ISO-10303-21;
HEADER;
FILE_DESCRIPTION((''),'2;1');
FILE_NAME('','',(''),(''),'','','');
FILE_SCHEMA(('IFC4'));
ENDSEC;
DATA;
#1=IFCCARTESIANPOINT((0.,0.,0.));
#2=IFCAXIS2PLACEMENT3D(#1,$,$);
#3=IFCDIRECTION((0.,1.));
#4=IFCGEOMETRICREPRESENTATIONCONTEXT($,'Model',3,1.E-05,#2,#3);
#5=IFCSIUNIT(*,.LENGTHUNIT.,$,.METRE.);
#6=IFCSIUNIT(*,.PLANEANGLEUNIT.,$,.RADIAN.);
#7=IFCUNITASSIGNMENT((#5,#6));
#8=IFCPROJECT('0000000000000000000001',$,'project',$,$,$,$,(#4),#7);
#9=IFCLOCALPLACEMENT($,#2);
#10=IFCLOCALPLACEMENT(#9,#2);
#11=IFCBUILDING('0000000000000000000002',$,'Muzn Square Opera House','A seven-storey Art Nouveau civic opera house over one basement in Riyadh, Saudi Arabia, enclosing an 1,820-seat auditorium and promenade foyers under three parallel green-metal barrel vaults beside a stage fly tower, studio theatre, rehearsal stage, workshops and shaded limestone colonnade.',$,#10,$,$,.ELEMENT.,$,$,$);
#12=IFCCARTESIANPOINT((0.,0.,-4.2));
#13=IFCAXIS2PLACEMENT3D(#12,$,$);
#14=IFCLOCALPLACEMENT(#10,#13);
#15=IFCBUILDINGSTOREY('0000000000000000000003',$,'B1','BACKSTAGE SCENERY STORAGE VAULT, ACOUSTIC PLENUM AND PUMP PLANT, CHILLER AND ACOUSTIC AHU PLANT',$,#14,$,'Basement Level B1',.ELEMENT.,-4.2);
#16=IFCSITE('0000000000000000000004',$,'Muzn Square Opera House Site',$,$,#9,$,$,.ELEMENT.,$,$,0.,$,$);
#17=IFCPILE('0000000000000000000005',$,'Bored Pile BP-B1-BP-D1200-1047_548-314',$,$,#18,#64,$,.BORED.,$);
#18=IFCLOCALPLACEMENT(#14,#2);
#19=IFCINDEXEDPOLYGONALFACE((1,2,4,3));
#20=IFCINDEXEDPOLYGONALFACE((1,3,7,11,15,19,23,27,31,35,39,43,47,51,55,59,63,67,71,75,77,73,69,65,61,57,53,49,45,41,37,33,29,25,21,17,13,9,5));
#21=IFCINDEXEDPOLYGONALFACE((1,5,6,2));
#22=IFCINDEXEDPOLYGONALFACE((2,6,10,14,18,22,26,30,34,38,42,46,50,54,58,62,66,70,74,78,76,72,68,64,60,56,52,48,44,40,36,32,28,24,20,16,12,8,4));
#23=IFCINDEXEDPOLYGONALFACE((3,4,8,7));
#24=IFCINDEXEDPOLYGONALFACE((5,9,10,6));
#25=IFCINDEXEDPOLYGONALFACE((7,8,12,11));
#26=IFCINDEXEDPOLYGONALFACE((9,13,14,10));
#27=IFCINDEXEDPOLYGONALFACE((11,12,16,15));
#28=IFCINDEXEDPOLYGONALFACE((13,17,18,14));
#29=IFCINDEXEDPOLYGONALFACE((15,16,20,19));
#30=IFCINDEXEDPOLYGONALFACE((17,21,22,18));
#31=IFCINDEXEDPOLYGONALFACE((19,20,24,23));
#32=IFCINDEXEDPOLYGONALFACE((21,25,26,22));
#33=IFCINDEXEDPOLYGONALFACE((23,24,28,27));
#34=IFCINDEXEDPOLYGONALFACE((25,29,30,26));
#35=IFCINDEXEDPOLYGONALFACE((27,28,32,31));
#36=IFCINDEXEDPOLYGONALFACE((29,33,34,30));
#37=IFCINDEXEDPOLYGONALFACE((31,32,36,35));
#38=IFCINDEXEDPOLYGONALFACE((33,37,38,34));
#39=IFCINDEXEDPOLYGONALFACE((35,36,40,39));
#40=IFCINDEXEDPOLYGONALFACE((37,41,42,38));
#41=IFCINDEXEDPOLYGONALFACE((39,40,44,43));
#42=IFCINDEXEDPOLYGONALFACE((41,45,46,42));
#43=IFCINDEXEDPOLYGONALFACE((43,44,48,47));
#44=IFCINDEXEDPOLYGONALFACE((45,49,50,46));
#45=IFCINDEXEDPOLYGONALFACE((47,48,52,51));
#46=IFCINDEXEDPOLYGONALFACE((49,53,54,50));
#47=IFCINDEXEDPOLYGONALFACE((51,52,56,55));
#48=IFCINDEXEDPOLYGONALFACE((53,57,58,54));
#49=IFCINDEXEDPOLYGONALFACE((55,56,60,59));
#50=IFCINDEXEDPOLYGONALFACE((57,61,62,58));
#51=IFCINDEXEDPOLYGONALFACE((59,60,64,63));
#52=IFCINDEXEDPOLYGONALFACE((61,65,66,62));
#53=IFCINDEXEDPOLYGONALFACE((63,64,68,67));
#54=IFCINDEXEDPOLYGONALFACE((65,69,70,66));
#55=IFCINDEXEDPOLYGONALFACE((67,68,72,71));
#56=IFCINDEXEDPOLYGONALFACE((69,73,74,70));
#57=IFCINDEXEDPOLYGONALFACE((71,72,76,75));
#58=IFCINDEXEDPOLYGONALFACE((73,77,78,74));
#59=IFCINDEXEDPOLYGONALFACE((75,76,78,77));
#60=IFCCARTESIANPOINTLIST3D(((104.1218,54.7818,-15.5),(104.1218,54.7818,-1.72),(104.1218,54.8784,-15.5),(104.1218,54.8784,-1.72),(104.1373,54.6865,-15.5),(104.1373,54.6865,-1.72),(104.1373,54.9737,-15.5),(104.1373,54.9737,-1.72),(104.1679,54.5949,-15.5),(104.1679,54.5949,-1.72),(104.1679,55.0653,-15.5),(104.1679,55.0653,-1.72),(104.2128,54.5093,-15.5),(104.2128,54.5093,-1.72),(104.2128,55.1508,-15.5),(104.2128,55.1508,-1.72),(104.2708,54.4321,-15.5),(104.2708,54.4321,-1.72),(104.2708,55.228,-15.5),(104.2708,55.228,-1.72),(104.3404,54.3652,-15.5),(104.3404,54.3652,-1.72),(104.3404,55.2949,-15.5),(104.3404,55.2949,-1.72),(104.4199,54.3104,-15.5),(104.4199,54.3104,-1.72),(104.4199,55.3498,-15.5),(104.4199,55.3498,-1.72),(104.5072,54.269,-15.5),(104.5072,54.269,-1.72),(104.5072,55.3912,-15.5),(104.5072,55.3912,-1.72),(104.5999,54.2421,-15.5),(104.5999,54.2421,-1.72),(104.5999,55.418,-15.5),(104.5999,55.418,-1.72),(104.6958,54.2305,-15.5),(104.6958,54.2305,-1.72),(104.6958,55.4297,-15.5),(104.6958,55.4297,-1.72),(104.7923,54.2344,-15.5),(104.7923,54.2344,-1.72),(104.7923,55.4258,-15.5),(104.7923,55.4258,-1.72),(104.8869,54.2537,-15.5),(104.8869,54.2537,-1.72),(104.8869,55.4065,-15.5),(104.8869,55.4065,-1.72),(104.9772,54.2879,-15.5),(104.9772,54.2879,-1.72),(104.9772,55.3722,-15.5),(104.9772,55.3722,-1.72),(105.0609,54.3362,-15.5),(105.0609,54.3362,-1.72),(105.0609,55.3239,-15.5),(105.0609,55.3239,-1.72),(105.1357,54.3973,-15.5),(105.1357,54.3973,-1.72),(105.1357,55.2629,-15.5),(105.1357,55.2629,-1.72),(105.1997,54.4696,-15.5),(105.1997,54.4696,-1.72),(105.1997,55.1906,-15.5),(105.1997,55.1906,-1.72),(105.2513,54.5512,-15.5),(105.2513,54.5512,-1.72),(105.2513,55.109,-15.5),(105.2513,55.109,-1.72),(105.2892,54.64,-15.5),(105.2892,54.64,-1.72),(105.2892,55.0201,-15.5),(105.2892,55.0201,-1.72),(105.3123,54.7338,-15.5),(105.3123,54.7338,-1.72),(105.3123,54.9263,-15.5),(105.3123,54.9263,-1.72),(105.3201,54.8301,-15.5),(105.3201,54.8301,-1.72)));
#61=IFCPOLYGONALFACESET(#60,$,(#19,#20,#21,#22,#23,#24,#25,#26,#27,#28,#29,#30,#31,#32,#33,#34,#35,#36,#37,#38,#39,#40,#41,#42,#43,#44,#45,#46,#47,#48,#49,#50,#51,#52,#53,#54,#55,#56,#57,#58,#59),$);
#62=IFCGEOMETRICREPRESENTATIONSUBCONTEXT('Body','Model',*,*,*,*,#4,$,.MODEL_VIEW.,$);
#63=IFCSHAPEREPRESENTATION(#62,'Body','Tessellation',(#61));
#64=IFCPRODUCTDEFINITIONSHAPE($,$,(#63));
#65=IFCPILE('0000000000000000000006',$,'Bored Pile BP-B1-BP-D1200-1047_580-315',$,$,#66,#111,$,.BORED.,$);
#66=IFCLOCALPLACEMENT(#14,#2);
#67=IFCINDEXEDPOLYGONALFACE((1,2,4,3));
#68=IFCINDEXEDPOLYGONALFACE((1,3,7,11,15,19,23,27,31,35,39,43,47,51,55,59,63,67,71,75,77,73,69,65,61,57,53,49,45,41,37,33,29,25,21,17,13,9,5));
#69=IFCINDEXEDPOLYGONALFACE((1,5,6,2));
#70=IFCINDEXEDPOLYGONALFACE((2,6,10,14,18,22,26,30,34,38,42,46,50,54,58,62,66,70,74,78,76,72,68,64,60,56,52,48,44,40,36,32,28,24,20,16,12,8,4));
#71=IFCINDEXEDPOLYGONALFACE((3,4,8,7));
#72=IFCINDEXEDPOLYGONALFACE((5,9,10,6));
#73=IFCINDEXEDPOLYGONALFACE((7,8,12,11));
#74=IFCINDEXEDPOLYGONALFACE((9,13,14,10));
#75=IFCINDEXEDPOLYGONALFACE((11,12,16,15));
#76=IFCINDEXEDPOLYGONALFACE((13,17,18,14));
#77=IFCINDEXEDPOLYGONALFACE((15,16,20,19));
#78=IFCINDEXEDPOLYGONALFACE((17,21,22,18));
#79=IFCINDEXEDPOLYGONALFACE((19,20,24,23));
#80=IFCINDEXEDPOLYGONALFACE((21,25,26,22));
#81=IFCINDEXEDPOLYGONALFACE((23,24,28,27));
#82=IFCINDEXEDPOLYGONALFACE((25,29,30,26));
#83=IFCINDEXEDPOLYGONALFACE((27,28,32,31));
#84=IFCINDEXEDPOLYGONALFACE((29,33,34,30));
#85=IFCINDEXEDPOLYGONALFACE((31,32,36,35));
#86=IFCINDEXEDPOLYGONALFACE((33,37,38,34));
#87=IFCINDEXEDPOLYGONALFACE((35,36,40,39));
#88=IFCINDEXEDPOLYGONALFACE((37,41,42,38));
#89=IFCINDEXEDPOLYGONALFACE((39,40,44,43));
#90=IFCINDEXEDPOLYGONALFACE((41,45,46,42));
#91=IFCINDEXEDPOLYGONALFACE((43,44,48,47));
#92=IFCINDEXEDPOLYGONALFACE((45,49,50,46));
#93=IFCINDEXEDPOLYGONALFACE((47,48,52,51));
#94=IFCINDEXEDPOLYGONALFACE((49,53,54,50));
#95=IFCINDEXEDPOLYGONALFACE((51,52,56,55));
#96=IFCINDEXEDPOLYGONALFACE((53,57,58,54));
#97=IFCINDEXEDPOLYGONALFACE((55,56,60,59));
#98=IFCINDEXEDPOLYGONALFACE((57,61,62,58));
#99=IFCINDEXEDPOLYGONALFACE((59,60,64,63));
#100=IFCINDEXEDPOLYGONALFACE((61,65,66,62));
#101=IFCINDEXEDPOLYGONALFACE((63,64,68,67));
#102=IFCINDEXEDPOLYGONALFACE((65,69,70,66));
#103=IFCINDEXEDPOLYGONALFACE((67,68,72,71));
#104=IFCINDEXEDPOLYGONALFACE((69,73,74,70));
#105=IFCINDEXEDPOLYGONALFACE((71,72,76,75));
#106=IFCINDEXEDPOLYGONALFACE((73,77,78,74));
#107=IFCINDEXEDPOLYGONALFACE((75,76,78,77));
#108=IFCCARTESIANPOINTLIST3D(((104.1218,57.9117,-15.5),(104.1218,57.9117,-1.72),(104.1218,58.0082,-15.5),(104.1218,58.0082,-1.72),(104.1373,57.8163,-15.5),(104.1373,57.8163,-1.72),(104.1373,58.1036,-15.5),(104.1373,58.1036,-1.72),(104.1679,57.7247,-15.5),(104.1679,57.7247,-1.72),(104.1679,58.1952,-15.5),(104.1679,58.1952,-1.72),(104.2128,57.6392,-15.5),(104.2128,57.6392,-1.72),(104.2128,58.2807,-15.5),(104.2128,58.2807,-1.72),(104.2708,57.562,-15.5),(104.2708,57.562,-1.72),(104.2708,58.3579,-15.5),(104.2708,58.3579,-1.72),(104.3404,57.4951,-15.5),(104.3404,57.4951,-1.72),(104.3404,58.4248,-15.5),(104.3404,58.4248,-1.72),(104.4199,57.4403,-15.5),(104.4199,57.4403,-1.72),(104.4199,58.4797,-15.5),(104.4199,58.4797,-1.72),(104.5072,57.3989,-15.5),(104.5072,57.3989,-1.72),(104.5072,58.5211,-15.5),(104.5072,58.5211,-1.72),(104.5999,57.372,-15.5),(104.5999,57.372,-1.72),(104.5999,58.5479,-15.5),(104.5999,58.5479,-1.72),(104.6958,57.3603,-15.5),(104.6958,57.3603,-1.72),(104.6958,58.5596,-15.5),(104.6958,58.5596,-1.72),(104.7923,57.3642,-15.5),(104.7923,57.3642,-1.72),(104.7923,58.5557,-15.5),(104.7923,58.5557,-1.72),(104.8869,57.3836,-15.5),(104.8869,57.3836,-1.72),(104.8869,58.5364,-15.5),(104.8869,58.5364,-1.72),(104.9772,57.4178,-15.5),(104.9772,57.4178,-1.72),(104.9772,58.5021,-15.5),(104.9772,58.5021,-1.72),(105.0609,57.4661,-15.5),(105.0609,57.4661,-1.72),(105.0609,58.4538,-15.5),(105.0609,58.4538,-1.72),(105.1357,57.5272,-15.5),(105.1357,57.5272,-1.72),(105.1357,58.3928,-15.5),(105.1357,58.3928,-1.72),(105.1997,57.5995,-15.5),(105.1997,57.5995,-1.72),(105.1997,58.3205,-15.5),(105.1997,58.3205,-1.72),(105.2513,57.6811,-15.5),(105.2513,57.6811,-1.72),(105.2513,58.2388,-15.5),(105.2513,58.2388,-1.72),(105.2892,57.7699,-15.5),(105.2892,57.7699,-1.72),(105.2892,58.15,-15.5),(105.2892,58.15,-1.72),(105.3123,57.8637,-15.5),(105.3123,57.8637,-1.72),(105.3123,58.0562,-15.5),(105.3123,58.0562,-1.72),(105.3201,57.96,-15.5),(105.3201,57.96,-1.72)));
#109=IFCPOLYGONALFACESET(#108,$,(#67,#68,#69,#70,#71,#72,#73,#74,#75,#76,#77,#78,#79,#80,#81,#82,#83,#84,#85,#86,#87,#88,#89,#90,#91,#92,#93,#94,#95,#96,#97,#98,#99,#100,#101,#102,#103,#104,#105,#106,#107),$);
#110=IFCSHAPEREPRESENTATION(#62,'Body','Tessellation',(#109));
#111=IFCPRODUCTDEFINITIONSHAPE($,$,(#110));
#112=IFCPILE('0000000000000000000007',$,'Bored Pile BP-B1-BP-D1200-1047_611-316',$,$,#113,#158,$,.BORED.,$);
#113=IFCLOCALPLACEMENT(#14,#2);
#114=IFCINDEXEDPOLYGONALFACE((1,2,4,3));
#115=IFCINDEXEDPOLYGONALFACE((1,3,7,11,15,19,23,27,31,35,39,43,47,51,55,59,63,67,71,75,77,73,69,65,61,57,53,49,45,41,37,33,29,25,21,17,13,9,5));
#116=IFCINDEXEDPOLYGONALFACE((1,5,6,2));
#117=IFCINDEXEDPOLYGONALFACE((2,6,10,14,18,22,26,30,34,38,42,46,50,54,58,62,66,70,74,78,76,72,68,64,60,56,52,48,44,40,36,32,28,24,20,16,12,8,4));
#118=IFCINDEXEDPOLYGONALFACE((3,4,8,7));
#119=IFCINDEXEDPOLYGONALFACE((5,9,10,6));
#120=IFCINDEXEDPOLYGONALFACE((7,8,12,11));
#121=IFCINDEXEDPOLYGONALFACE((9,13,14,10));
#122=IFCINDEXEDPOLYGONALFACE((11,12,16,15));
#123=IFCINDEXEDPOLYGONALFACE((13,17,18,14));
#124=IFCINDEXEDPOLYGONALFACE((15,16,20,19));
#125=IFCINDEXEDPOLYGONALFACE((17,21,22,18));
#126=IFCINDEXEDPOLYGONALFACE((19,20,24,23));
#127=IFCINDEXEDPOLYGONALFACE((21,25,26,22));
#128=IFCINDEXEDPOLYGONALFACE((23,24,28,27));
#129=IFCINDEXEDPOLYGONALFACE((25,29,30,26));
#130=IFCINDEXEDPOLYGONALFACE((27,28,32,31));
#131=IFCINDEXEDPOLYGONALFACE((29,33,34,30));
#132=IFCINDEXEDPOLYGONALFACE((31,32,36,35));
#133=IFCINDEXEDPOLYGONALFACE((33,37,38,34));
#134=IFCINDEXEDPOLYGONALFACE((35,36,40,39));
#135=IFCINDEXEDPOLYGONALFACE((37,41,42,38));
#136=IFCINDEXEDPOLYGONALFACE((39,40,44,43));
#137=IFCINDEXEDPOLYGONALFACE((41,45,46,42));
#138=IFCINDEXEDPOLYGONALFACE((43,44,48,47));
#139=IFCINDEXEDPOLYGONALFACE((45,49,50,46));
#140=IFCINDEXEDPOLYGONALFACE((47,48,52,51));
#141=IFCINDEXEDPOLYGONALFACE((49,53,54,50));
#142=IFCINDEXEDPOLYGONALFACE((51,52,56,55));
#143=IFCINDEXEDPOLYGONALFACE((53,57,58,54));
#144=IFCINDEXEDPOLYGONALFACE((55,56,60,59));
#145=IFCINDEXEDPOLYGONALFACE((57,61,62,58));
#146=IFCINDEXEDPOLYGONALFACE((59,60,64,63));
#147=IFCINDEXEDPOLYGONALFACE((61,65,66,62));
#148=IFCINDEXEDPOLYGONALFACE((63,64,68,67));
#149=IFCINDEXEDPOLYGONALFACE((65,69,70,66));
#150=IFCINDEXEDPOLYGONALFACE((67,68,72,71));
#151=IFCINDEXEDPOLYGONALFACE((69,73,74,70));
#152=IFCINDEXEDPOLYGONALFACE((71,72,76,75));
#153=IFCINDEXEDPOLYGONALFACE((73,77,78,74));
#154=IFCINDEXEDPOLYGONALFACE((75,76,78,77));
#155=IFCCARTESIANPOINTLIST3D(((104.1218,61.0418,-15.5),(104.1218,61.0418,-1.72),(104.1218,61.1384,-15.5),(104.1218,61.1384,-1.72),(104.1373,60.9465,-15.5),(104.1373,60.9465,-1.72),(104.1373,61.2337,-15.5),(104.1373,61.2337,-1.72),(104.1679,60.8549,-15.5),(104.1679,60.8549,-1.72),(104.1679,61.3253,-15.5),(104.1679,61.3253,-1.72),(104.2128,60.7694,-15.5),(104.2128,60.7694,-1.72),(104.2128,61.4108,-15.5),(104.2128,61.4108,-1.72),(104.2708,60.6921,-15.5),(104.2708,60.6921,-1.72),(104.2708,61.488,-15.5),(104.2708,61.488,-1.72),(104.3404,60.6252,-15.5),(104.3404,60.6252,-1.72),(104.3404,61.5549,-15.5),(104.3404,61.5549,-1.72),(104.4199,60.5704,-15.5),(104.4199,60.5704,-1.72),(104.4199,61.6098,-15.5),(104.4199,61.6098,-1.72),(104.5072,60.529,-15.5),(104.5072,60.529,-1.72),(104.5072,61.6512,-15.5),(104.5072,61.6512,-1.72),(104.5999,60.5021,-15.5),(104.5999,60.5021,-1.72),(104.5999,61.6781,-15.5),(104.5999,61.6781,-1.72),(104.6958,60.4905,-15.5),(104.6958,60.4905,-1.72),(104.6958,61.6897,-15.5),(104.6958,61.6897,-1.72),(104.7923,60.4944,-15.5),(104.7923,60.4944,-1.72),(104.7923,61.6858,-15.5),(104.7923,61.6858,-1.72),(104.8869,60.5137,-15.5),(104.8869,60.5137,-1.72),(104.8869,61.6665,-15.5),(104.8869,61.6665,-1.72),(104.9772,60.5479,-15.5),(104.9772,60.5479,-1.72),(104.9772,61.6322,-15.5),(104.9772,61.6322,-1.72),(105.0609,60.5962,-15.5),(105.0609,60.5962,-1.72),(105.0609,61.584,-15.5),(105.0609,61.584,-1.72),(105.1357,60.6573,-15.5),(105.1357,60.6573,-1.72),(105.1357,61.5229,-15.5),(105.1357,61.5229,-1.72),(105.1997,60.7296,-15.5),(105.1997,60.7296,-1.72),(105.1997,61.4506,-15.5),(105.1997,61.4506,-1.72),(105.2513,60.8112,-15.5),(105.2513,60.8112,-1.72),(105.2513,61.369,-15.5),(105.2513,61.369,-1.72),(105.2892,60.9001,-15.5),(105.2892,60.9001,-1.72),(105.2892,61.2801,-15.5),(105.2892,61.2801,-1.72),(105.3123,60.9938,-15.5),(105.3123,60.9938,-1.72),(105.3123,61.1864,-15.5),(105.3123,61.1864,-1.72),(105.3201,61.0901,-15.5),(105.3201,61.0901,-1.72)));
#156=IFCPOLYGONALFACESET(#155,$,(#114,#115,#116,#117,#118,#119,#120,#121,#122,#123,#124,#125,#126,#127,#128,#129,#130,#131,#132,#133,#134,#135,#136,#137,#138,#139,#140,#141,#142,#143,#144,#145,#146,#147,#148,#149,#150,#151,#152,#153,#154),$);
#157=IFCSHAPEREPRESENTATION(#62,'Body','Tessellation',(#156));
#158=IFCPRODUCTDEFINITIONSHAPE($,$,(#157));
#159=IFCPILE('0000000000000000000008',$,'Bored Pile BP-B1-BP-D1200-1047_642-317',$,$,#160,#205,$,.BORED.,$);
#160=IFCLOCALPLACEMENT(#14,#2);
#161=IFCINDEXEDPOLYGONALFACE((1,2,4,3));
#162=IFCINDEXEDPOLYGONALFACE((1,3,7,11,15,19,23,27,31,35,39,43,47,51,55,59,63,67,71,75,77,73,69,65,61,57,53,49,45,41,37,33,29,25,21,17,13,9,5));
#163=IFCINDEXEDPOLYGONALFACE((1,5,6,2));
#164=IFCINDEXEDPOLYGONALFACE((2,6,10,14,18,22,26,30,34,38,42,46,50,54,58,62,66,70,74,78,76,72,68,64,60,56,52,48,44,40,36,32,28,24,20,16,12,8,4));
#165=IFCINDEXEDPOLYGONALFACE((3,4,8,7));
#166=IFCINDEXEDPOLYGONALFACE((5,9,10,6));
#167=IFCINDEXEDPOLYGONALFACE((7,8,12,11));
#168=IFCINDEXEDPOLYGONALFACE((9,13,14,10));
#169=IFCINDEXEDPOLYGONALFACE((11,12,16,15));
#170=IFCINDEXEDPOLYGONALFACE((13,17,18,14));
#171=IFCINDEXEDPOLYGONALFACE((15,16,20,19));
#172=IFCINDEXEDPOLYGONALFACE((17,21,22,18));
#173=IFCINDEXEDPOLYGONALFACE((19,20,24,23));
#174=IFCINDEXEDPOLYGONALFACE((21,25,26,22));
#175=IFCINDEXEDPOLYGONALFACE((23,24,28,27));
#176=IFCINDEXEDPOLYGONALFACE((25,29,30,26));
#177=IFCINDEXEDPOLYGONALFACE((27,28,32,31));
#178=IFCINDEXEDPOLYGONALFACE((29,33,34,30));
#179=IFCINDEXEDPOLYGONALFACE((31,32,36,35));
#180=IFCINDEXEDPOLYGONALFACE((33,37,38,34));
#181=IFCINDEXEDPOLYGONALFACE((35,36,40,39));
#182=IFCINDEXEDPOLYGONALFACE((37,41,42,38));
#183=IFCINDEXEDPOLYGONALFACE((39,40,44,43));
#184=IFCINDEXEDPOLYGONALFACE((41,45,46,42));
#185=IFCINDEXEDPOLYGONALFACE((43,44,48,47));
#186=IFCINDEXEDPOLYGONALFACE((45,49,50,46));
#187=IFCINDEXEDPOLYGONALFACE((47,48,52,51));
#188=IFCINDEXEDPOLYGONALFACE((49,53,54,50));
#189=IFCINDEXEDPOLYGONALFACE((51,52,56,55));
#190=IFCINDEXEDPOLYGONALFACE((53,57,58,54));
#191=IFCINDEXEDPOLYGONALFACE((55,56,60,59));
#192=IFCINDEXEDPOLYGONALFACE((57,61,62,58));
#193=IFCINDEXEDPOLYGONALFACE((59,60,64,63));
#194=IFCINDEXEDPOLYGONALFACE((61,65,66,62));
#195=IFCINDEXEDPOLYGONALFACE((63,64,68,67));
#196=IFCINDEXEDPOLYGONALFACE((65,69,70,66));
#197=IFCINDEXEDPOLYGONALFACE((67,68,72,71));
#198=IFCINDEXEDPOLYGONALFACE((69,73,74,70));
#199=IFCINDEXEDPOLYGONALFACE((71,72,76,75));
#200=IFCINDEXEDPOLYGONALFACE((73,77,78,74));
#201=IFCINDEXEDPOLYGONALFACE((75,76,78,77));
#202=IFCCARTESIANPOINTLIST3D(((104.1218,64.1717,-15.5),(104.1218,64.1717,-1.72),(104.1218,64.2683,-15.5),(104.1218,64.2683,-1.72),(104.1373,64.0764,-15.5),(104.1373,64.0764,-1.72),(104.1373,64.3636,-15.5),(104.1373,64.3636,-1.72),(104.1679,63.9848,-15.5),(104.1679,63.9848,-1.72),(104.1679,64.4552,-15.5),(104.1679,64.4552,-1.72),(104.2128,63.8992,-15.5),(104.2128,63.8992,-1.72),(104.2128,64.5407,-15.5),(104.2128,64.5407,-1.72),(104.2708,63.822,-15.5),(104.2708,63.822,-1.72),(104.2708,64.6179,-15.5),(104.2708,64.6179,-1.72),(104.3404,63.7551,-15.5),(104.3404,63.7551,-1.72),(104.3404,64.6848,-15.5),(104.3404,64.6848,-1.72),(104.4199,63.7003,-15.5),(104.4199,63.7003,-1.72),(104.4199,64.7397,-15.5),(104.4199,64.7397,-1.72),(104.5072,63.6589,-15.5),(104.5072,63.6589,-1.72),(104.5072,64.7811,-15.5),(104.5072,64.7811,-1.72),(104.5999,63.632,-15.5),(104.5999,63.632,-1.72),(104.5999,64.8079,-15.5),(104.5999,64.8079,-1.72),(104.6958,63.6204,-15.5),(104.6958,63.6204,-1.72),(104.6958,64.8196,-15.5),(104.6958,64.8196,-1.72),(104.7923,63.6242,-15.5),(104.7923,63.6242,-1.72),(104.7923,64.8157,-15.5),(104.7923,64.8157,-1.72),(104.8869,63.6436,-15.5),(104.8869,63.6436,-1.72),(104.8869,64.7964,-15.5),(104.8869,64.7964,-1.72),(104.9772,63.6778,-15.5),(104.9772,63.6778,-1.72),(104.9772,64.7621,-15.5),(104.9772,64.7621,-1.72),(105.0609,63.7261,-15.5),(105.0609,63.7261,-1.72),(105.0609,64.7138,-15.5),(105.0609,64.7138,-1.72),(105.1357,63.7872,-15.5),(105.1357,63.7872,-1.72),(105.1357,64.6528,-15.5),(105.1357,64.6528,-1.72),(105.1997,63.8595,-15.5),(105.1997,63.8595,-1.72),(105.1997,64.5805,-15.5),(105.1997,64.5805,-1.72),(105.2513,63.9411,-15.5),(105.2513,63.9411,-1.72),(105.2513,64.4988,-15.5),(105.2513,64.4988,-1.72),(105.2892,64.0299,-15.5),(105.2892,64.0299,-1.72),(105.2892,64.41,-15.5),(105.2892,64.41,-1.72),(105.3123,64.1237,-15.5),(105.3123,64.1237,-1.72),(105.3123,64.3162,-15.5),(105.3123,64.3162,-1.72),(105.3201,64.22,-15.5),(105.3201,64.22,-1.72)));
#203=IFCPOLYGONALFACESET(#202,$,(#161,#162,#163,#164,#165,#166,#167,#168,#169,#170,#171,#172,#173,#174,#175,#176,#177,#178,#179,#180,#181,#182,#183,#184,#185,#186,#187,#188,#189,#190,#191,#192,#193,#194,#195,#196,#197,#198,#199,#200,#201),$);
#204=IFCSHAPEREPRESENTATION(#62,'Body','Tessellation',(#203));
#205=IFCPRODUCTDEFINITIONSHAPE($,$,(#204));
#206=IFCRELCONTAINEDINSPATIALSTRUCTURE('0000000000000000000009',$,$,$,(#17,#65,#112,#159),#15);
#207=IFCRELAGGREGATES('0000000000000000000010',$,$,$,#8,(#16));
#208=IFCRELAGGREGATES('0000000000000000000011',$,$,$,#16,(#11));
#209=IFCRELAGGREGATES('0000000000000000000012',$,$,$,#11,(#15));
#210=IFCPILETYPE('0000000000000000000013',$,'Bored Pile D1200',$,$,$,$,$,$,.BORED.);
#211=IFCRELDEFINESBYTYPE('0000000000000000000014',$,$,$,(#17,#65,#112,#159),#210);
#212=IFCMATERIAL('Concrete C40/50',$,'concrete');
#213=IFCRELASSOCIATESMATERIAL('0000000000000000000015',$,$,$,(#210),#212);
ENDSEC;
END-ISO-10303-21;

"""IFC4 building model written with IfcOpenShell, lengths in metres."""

from ifc_helpers import new_model, si_unit, direction, frame, origin, origin_2d, place, context, subcontext, project, spatial, circle, extrude, material, material_profile, profile_set, type_object, element, save


model = new_model("IFC4")

# Units and contexts
model_context = context("Model", 3, precision=1e-05, world=origin(), true_north=direction((0.0, 1.0)))
body_context = subcontext(model_context, "Body", "Model", "MODEL_VIEW")
ifc_project = project(units=[si_unit("LENGTHUNIT", "METRE"), si_unit("PLANEANGLEUNIT", "RADIAN")], contexts=[model_context])

# Site, building, storey
site_placement = place(None, origin())
site = spatial("IfcSite", under=ifc_project, at=site_placement, Name="Muzn Square Opera House Site", CompositionType="ELEMENT", RefElevation=0.0)
building_placement = place(site_placement, origin())
building = spatial("IfcBuilding", under=site, at=building_placement, Name="Muzn Square Opera House", Description="A seven-storey Art Nouveau civic opera house over one basement in Riyadh, Saudi Arabia, enclosing an 1,820-seat auditorium and promenade foyers under three parallel green-metal barrel vaults beside a stage fly tower, studio theatre, rehearsal stage, workshops and shaded limestone colonnade.", CompositionType="ELEMENT")
storey_placement = place(building_placement, frame((0.0, 0.0, -4.2)))
storey = spatial("IfcBuildingStorey", under=building, at=storey_placement, Name="B1", Description="BACKSTAGE SCENERY STORAGE VAULT, ACOUSTIC PLENUM AND PUMP PLANT, CHILLER AND ACOUSTIC AHU PLANT", LongName="Basement Level B1", CompositionType="ELEMENT", Elevation=-4.2)

# Piles
ifc_material_1 = material(Name="Concrete C40/50", Category="concrete")
ifc_material_profile_1 = material_profile(ifc_material_1, circle(Radius=0.6001, at=origin_2d()), Name="BORED PILE D1200", Category="concrete")
ifc_profile_set_1 = profile_set([ifc_material_profile_1], Name="Concrete C40/50")
pile_type = type_object("IfcPileType", Name="Bored Pile D1200", PredefinedType="BORED", material=ifc_profile_set_1)
for number, where, z_axis, x_axis, name in (
    (1, (104.72, 54.8301, -1.72), (0.0, 0.0, -1.0), (1.0, 0.0, 0.0), "Bored Pile BP-B1-BP-D1200-1047_548-314"),
    (2, (104.72, 57.96, -1.72), (0.0, 0.0, -1.0), (1.0, 0.0, 0.0), "Bored Pile BP-B1-BP-D1200-1047_580-315"),
    (3, (104.72, 61.0901, -1.72), (0.0, 0.0, -1.0), (1.0, 0.0, 0.0), "Bored Pile BP-B1-BP-D1200-1047_611-316"),
    (4, (104.72, 64.22, -1.72), (0.0, 0.0, -1.0), (1.0, 0.0, 0.0), "Bored Pile BP-B1-BP-D1200-1047_642-317"),
):
    element("IfcPile", number, at=place(storey_placement, frame(where, z_axis=z_axis, x_axis=x_axis)), inside=storey, type_object=pile_type, Name=name, PredefinedType="BORED", context=body_context, shape_type="SweptSolid", body=[
        extrude(circle(Radius=0.6001, at=origin_2d()), origin(), (0.0, 0.0, 1.0), 13.78),
    ])

save(model, "model.ifc")
